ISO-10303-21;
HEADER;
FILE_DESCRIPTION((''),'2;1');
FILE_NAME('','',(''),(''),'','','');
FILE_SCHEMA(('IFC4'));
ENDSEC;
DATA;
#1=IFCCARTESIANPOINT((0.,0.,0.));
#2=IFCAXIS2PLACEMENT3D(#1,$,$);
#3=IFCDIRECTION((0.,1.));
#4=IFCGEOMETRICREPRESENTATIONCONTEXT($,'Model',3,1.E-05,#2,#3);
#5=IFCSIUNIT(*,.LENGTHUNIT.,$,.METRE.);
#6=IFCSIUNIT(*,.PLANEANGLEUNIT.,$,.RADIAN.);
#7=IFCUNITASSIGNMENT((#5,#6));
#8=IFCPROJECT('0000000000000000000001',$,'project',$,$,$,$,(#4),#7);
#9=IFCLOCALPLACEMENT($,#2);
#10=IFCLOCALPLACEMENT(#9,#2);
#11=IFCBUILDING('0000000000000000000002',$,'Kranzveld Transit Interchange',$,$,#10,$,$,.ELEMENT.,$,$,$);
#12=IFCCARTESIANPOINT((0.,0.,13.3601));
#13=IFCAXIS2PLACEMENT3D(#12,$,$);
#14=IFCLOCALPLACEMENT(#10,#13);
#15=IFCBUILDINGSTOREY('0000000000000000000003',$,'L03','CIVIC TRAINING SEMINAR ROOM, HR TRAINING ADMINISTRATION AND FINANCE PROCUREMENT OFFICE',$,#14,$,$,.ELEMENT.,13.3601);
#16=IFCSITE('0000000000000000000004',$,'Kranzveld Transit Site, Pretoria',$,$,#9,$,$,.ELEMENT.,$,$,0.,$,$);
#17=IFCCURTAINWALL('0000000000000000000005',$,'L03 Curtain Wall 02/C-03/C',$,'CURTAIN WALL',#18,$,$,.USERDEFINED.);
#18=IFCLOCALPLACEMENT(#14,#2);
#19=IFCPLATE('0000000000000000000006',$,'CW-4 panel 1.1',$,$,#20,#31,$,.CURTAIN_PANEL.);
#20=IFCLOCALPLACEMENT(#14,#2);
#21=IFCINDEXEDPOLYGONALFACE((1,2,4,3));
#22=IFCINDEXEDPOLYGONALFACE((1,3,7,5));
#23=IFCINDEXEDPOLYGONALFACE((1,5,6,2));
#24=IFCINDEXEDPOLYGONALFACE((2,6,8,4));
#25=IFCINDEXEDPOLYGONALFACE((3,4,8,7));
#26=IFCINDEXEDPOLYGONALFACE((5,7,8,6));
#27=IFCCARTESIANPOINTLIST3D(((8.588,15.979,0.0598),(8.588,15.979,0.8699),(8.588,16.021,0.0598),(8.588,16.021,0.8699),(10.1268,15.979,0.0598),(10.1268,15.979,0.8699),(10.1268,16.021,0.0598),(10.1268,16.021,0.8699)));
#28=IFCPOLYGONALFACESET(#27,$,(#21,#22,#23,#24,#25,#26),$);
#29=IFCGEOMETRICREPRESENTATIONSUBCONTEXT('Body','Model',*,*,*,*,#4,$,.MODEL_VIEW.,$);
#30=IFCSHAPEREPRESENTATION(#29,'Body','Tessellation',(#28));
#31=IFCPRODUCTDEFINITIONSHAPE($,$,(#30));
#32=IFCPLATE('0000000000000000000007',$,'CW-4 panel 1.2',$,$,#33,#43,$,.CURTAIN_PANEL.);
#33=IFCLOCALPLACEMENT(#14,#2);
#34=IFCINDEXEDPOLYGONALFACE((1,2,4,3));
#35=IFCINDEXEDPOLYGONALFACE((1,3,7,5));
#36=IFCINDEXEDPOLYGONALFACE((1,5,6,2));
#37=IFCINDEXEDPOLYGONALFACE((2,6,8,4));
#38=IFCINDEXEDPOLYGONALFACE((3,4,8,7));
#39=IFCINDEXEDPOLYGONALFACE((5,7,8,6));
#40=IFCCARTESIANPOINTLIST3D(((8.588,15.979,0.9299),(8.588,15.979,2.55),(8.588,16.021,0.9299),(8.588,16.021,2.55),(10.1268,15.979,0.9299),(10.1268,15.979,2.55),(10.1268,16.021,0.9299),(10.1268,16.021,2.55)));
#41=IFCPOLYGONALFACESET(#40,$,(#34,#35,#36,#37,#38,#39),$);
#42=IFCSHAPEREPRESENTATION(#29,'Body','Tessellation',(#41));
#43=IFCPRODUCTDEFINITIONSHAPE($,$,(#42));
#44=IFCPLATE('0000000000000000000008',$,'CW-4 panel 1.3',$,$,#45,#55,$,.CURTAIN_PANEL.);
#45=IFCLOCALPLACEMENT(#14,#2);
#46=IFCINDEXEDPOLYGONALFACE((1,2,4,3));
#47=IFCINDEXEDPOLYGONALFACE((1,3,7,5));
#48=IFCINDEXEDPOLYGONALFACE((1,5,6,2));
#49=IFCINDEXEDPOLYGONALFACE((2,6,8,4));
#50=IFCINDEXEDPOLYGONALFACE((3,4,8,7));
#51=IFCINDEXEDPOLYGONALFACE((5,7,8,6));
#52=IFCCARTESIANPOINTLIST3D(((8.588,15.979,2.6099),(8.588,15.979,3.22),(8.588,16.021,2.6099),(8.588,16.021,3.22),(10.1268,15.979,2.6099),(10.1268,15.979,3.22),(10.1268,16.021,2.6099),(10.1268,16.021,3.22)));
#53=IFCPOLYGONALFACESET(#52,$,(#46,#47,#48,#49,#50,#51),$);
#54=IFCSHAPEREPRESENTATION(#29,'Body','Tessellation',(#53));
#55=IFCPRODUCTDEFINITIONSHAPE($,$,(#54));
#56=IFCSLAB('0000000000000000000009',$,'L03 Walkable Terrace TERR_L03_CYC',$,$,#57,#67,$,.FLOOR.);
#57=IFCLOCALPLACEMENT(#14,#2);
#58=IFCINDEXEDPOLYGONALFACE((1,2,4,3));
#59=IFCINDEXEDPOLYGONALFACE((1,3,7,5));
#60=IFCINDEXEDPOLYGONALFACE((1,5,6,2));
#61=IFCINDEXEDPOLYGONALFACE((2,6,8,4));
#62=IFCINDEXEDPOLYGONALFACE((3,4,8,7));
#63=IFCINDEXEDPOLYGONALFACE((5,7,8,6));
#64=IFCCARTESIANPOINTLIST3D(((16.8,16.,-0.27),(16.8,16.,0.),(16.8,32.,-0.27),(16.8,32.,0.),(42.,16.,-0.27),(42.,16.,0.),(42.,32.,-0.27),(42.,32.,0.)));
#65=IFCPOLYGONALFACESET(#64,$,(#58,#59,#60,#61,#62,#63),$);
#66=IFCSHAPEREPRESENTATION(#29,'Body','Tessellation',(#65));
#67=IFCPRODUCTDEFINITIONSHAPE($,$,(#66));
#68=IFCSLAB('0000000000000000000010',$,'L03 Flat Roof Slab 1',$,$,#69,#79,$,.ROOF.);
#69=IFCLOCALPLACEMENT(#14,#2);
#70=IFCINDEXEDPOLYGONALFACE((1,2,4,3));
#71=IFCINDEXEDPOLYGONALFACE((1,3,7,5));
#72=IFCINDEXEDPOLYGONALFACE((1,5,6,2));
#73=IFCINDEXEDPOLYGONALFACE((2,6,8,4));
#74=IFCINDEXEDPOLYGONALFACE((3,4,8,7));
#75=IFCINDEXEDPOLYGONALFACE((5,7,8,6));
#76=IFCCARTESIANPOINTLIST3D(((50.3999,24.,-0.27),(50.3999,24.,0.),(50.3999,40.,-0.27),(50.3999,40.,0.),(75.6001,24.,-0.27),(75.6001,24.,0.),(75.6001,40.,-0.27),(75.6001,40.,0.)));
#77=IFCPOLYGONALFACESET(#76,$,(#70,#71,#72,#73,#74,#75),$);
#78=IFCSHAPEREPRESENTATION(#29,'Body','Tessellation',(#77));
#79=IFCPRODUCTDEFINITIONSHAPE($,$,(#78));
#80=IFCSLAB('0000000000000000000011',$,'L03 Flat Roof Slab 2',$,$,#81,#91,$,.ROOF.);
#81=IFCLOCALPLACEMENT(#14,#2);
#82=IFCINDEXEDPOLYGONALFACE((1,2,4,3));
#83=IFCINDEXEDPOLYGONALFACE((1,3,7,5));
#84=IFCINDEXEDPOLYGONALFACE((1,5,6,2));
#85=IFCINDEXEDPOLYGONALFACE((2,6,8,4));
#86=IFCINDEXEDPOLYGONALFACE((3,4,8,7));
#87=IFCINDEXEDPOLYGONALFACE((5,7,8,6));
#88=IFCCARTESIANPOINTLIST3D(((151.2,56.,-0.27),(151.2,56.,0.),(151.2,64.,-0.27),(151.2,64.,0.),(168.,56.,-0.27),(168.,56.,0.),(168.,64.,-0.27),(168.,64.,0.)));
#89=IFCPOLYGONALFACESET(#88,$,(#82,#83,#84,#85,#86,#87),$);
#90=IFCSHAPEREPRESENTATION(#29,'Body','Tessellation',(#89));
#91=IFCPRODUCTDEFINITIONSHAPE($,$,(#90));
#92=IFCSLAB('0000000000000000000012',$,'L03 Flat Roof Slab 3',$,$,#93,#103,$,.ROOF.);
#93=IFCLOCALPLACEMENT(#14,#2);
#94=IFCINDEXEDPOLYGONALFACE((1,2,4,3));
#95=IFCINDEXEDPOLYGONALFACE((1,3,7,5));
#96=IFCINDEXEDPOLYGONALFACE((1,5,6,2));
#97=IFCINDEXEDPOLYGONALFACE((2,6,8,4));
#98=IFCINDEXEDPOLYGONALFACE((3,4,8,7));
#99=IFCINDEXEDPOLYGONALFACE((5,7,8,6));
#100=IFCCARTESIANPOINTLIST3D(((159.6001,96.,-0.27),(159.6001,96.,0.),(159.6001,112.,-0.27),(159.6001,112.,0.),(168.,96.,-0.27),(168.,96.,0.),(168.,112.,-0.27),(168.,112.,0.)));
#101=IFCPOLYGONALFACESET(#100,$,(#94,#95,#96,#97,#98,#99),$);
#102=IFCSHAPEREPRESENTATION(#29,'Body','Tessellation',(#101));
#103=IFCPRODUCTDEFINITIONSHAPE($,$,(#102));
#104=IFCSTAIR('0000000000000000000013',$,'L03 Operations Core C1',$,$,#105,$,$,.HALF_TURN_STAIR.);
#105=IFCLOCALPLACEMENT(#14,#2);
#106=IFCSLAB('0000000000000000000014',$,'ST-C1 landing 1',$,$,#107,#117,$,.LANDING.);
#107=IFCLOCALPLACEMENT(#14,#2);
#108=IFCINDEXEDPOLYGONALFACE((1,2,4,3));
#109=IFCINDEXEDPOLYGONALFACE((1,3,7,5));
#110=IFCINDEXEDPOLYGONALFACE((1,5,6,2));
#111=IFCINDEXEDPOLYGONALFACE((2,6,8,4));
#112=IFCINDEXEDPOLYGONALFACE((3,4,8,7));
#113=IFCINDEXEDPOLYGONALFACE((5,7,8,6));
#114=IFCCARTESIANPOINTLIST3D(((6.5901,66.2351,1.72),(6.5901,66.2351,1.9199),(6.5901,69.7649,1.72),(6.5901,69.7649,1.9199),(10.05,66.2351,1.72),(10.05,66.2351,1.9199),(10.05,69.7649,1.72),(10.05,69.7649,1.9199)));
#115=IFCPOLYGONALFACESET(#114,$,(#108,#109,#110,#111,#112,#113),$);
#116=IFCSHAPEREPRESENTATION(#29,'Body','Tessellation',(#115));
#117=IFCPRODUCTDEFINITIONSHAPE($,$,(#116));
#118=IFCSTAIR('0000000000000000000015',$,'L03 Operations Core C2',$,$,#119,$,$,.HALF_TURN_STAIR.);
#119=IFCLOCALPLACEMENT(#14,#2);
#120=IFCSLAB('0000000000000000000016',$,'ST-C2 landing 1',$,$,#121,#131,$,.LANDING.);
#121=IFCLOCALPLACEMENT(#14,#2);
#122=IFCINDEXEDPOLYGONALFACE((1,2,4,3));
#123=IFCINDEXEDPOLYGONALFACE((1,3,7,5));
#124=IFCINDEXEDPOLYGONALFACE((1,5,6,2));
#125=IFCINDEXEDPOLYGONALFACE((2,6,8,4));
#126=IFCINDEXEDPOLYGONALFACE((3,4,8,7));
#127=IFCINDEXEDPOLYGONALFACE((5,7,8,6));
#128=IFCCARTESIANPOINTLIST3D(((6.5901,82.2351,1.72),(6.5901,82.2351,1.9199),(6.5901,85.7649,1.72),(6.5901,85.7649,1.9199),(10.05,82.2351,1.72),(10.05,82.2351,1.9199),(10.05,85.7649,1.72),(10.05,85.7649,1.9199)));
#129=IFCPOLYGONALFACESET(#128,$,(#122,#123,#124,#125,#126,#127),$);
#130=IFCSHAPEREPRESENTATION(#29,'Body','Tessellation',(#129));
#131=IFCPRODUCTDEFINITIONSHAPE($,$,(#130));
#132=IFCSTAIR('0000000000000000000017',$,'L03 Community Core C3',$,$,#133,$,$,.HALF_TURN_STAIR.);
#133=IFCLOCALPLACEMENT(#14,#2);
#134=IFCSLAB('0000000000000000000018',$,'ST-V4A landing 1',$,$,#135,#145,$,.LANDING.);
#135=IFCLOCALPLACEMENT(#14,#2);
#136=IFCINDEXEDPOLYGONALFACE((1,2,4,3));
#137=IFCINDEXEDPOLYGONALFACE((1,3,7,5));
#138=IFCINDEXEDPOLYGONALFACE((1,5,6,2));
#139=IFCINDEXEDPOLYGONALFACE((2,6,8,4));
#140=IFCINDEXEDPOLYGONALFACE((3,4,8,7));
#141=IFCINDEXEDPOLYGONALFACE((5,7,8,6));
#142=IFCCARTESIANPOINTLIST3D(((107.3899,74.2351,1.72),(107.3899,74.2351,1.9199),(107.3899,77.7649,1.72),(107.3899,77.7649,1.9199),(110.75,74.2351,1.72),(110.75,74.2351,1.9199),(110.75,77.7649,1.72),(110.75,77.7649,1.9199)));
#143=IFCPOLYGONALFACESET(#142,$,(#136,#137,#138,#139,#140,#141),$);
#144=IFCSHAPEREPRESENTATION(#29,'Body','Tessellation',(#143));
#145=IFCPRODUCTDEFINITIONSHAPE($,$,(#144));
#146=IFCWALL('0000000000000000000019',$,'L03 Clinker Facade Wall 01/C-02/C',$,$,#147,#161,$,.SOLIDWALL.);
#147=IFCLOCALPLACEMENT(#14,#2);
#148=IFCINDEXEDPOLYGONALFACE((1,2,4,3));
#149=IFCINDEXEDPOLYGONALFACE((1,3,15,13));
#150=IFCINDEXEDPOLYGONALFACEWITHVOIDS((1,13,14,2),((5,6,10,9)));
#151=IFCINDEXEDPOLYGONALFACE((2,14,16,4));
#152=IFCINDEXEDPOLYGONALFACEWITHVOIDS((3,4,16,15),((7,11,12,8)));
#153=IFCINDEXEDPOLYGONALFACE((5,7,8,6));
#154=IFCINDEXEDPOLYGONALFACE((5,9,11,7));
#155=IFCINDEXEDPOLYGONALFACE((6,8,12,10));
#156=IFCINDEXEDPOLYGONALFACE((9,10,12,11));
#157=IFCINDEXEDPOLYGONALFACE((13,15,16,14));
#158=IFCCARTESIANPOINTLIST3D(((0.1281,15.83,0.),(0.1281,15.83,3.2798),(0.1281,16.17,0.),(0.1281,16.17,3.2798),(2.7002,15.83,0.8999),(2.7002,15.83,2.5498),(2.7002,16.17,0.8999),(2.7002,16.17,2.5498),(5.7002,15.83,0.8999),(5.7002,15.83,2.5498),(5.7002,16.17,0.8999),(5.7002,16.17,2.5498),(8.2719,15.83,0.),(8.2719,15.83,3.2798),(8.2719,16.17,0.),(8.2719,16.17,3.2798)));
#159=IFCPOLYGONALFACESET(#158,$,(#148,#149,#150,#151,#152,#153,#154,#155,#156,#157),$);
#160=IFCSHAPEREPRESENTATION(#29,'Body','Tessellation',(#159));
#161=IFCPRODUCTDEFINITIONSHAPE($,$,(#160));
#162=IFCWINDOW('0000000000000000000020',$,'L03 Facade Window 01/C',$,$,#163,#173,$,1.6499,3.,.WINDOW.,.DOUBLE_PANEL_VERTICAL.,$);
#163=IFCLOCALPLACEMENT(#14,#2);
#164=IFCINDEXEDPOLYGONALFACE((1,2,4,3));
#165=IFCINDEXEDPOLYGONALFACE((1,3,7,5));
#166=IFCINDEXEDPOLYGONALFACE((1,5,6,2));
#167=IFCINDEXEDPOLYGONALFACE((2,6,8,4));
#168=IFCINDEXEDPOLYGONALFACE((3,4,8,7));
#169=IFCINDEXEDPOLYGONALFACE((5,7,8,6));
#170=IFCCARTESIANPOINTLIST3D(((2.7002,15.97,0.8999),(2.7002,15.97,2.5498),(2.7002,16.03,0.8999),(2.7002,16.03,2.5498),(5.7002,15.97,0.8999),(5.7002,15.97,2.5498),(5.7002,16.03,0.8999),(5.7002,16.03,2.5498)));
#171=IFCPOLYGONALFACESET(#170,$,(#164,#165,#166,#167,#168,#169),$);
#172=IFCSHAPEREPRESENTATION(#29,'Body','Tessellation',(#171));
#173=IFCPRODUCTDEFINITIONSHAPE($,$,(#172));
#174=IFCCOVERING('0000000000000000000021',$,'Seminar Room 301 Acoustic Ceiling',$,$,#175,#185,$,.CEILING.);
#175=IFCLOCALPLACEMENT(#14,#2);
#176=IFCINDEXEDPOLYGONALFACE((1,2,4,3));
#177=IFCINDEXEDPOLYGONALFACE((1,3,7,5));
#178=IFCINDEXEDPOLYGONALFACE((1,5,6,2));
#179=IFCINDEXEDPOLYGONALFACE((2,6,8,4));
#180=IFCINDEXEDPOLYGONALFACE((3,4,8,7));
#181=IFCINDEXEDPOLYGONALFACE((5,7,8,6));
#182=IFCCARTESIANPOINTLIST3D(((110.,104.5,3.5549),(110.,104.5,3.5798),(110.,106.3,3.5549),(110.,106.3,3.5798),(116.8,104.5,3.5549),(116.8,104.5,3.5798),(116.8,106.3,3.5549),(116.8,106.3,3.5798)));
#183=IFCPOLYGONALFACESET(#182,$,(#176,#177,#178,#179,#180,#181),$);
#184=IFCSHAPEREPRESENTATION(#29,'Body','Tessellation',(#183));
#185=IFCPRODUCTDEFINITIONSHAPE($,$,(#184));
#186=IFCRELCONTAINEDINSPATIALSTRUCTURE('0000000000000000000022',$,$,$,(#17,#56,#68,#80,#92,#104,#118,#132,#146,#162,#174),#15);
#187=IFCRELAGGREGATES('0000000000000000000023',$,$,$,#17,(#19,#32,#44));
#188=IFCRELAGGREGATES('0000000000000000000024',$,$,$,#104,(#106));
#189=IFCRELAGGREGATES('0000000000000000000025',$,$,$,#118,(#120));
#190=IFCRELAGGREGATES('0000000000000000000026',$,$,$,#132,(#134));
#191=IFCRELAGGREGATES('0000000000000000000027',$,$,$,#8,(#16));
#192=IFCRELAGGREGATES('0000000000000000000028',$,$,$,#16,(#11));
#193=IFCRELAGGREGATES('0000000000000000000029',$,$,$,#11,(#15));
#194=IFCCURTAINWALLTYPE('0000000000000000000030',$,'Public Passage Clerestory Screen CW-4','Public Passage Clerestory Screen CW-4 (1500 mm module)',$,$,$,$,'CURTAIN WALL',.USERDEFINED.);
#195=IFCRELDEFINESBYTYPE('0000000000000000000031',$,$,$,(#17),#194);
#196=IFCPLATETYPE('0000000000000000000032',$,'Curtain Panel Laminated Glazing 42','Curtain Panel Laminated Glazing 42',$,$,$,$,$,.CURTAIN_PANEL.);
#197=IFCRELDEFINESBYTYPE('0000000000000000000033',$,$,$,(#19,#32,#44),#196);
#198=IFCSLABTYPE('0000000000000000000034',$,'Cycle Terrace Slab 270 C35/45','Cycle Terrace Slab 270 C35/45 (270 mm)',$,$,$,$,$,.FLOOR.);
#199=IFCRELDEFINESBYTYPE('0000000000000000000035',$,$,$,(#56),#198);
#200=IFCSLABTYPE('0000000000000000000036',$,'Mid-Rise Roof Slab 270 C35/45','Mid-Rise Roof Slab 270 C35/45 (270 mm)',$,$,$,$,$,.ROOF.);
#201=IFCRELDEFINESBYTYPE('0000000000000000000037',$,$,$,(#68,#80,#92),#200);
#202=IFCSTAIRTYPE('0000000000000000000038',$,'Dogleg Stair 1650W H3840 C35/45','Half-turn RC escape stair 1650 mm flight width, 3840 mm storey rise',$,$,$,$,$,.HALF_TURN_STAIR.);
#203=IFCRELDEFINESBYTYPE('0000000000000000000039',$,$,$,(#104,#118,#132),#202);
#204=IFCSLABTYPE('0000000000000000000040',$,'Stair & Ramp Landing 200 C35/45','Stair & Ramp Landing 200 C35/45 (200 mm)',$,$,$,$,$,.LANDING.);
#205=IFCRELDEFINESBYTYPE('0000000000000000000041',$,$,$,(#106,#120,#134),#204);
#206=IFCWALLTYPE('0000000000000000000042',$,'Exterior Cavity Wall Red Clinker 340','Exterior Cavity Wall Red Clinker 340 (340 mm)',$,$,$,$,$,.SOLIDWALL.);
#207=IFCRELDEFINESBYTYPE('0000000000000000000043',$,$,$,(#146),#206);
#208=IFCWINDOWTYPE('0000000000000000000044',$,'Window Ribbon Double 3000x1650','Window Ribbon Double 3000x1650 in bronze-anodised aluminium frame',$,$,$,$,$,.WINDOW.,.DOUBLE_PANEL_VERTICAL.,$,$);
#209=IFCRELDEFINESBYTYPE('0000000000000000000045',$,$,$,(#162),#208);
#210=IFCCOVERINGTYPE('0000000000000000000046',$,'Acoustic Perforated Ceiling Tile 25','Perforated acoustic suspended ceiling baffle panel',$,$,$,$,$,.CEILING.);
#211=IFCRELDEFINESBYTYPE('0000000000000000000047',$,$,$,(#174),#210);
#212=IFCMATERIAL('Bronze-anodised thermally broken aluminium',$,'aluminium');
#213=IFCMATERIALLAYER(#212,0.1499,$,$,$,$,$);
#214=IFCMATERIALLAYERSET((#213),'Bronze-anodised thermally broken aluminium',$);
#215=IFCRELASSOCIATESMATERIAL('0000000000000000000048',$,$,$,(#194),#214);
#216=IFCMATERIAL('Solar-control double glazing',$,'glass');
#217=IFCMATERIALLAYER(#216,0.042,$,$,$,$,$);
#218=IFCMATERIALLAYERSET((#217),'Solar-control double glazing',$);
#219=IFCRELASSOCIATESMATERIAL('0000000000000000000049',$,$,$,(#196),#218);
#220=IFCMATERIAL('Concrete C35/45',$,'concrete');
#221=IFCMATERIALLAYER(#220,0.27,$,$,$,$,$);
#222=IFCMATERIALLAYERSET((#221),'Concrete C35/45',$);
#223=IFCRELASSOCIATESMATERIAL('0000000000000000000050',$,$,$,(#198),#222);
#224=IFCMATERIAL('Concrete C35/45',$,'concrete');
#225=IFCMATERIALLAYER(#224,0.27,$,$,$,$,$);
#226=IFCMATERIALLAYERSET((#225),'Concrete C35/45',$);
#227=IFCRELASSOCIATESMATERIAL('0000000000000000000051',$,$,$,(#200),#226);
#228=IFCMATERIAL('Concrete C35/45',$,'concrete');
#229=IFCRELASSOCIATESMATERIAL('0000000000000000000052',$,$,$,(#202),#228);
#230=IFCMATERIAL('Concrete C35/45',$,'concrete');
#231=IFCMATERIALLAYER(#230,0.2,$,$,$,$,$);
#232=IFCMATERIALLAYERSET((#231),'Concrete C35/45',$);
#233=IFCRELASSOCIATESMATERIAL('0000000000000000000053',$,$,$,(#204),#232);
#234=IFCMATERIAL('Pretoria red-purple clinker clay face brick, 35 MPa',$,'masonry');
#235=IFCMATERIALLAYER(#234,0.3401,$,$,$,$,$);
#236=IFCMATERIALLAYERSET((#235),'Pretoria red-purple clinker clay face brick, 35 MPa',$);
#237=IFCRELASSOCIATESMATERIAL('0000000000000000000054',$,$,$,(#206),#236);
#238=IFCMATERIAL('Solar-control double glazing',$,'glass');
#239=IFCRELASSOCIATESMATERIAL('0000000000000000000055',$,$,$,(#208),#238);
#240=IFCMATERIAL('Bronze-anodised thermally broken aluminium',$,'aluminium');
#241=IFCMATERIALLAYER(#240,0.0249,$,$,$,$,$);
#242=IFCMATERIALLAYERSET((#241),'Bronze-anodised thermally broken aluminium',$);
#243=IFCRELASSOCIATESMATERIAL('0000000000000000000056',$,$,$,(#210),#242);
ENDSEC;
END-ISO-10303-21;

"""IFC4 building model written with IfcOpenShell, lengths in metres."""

from ifc_helpers import new_model, si_unit, direction, frame, frame_2d, origin, origin_2d, place, context, subcontext, project, spatial, polyline, rectangle, outline, extrude, material, layer, layer_set, type_object, element, fill, aggregate, save


model = new_model("IFC4")

# Units and contexts
model_context = context("Model", 3, precision=1e-05, world=origin(), true_north=direction((0.0, 1.0)))
body_context = subcontext(model_context, "Body", "Model", "MODEL_VIEW")
ifc_project = project(units=[si_unit("LENGTHUNIT", "METRE"), si_unit("PLANEANGLEUNIT", "RADIAN")], contexts=[model_context])

# Site, building, storey
site_placement = place(None, origin())
site = spatial("IfcSite", under=ifc_project, at=site_placement, Name="Kranzveld Transit Site, Pretoria", CompositionType="ELEMENT", RefElevation=0.0)
building_placement = place(site_placement, origin())
building = spatial("IfcBuilding", under=site, at=building_placement, Name="Kranzveld Transit Interchange", CompositionType="ELEMENT")
storey_placement = place(building_placement, frame((0.0, 0.0, 13.3601)))
storey = spatial("IfcBuildingStorey", under=building, at=storey_placement, Name="L03", Description="CIVIC TRAINING SEMINAR ROOM, HR TRAINING ADMINISTRATION AND FINANCE PROCUREMENT OFFICE", CompositionType="ELEMENT", Elevation=13.3601)

# Curtain wall
ifc_material_1 = material(Name="Bronze-anodised thermally broken aluminium", Category="aluminium")
ifc_layer_1 = layer(ifc_material_1, 0.1499)
ifc_layer_set_1 = layer_set([ifc_layer_1], Name="Bronze-anodised thermally broken aluminium")
curtain_wall_type = type_object("IfcCurtainWallType", Name="Public Passage Clerestory Screen CW-4", Description="Public Passage Clerestory Screen CW-4 (1500 mm module)", ElementType="CURTAIN WALL", PredefinedType="USERDEFINED", material=ifc_layer_set_1)
curtain_wall_placement = place(storey_placement, origin())
curtain_wall = element("IfcCurtainWall", 1, at=curtain_wall_placement, inside=storey, type_object=curtain_wall_type, Name="L03 Curtain Wall 02/C-03/C", ObjectType="CURTAIN WALL", PredefinedType="USERDEFINED")

# Plates
ifc_material_2 = material(Name="Solar-control double glazing", Category="glass")
ifc_layer_2 = layer(ifc_material_2, 0.042)
ifc_layer_set_2 = layer_set([ifc_layer_2], Name="Solar-control double glazing")
plate_type = type_object("IfcPlateType", Name="Curtain Panel Laminated Glazing 42", Description="Curtain Panel Laminated Glazing 42", PredefinedType="CURTAIN_PANEL", material=ifc_layer_set_2)
plate_1_placement = place(storey_placement, frame((9.3574, 16.0, 0.0598), z_axis=(0.0, 0.0, 1.0), x_axis=(1.0, 0.0, 0.0)))
plate_1 = element("IfcPlate", 2, at=plate_1_placement, type_object=plate_type, Name="CW-4 panel 1.1", PredefinedType="CURTAIN_PANEL", context=body_context, shape_type="SweptSolid", body=[
    extrude(rectangle(XDim=1.5388, YDim=0.042, at=origin_2d()), origin(), (0.0, 0.0, 1.0), 0.8101),
])
plate_2_placement = place(storey_placement, frame((9.3574, 16.0, 0.9299), z_axis=(0.0, 0.0, 1.0), x_axis=(1.0, 0.0, 0.0)))
plate_2 = element("IfcPlate", 3, at=plate_2_placement, type_object=plate_type, Name="CW-4 panel 1.2", PredefinedType="CURTAIN_PANEL", context=body_context, shape_type="SweptSolid", body=[
    extrude(rectangle(XDim=1.5388, YDim=0.042, at=origin_2d()), origin(), (0.0, 0.0, 1.0), 1.6201),
])
plate_3_placement = place(storey_placement, frame((9.3574, 16.0, 2.6099), z_axis=(0.0, 0.0, 1.0), x_axis=(1.0, 0.0, 0.0)))
plate_3 = element("IfcPlate", 4, at=plate_3_placement, type_object=plate_type, Name="CW-4 panel 1.3", PredefinedType="CURTAIN_PANEL", context=body_context, shape_type="SweptSolid", body=[
    extrude(rectangle(XDim=1.5388, YDim=0.042, at=origin_2d()), origin(), (0.0, 0.0, 1.0), 0.6101),
])
aggregate(curtain_wall, [plate_1, plate_2, plate_3])

# Slabs
ifc_material_3 = material(Name="Concrete C35/45", Category="concrete")
ifc_layer_3 = layer(ifc_material_3, 0.27)
ifc_layer_set_3 = layer_set([ifc_layer_3], Name="Concrete C35/45")
slab_type_1 = type_object("IfcSlabType", Name="Cycle Terrace Slab 270 C35/45", Description="Cycle Terrace Slab 270 C35/45 (270 mm)", PredefinedType="FLOOR", material=ifc_layer_set_3)
slab_1_placement = place(storey_placement, frame((0.0, 0.0, -0.27)))
element("IfcSlab", 5, at=slab_1_placement, inside=storey, type_object=slab_type_1, Name="L03 Walkable Terrace TERR_L03_CYC", PredefinedType="FLOOR", context=body_context, shape_type="SweptSolid", body=[
    extrude(outline(polyline([(42.0, 16.0), (42.0, 32.0), (16.8, 32.0), (16.8, 16.0), (42.0, 16.0)])), origin(), (0.0, 0.0, 1.0), 0.27),
])
ifc_material_4 = material(Name="Concrete C35/45", Category="concrete")
ifc_layer_4 = layer(ifc_material_4, 0.27)
ifc_layer_set_4 = layer_set([ifc_layer_4], Name="Concrete C35/45")
slab_type_2 = type_object("IfcSlabType", Name="Mid-Rise Roof Slab 270 C35/45", Description="Mid-Rise Roof Slab 270 C35/45 (270 mm)", PredefinedType="ROOF", material=ifc_layer_set_4)
slab_2_placement = place(storey_placement, frame((0.0, 0.0, -0.27)))
element("IfcSlab", 6, at=slab_2_placement, inside=storey, type_object=slab_type_2, Name="L03 Flat Roof Slab 1", PredefinedType="ROOF", context=body_context, shape_type="SweptSolid", body=[
    extrude(outline(polyline([(75.6001, 40.0), (75.6001, 24.0), (50.3999, 24.0), (50.3999, 40.0), (75.6001, 40.0)])), origin(), (0.0, 0.0, 1.0), 0.27),
])
slab_3_placement = place(storey_placement, frame((0.0, 0.0, -0.27)))
element("IfcSlab", 7, at=slab_3_placement, inside=storey, type_object=slab_type_2, Name="L03 Flat Roof Slab 2", PredefinedType="ROOF", context=body_context, shape_type="SweptSolid", body=[
    extrude(outline(polyline([(151.2, 64.0), (168.0, 64.0), (168.0, 56.0), (151.2, 56.0), (151.2, 64.0)])), origin(), (0.0, 0.0, 1.0), 0.27),
])
slab_4_placement = place(storey_placement, frame((0.0, 0.0, -0.27)))
element("IfcSlab", 8, at=slab_4_placement, inside=storey, type_object=slab_type_2, Name="L03 Flat Roof Slab 3", PredefinedType="ROOF", context=body_context, shape_type="SweptSolid", body=[
    extrude(outline(polyline([(168.0, 96.0), (159.6001, 96.0), (159.6001, 112.0), (168.0, 112.0), (168.0, 96.0)])), origin(), (0.0, 0.0, 1.0), 0.27),
])

# Stairs, slabs
ifc_material_5 = material(Name="Concrete C35/45", Category="concrete")
stair_type = type_object("IfcStairType", Name="Dogleg Stair 1650W H3840 C35/45", Description="Half-turn RC escape stair 1650 mm flight width, 3840 mm storey rise", PredefinedType="HALF_TURN_STAIR", material=ifc_material_5)
stair_1_placement = place(storey_placement, origin())
stair_1 = element("IfcStair", 9, at=stair_1_placement, inside=storey, type_object=stair_type, Name="L03 Operations Core C1", PredefinedType="HALF_TURN_STAIR")
ifc_material_6 = material(Name="Concrete C35/45", Category="concrete")
ifc_layer_5 = layer(ifc_material_6, 0.2)
ifc_layer_set_5 = layer_set([ifc_layer_5], Name="Concrete C35/45")
slab_type_3 = type_object("IfcSlabType", Name="Stair & Ramp Landing 200 C35/45", Description="Stair & Ramp Landing 200 C35/45 (200 mm)", PredefinedType="LANDING", material=ifc_layer_set_5)
slab_5_placement = place(storey_placement, frame((0.0, 0.0, 1.72)))
slab_5 = element("IfcSlab", 10, at=slab_5_placement, type_object=slab_type_3, Name="ST-C1 landing 1", PredefinedType="LANDING", context=body_context, shape_type="SweptSolid", body=[
    extrude(outline(polyline([(6.5901, 66.2351), (10.05, 66.2351), (10.05, 69.7649), (6.5901, 69.7649), (6.5901, 66.2351)])), origin(), (0.0, 0.0, 1.0), 0.2),
])
aggregate(stair_1, [slab_5])
stair_2_placement = place(storey_placement, origin())
stair_2 = element("IfcStair", 11, at=stair_2_placement, inside=storey, type_object=stair_type, Name="L03 Operations Core C2", PredefinedType="HALF_TURN_STAIR")
slab_6_placement = place(storey_placement, frame((0.0, 0.0, 1.72)))
slab_6 = element("IfcSlab", 12, at=slab_6_placement, type_object=slab_type_3, Name="ST-C2 landing 1", PredefinedType="LANDING", context=body_context, shape_type="SweptSolid", body=[
    extrude(outline(polyline([(6.5901, 82.2351), (10.05, 82.2351), (10.05, 85.7649), (6.5901, 85.7649), (6.5901, 82.2351)])), origin(), (0.0, 0.0, 1.0), 0.2),
])
aggregate(stair_2, [slab_6])
stair_3_placement = place(storey_placement, origin())
stair_3 = element("IfcStair", 13, at=stair_3_placement, inside=storey, type_object=stair_type, Name="L03 Community Core C3", PredefinedType="HALF_TURN_STAIR")
slab_7_placement = place(storey_placement, frame((0.0, 0.0, 1.72)))
slab_7 = element("IfcSlab", 14, at=slab_7_placement, type_object=slab_type_3, Name="ST-V4A landing 1", PredefinedType="LANDING", context=body_context, shape_type="SweptSolid", body=[
    extrude(outline(polyline([(107.3899, 74.2351), (110.75, 74.2351), (110.75, 77.7649), (107.3899, 77.7649), (107.3899, 74.2351)])), origin(), (0.0, 0.0, 1.0), 0.2),
])
aggregate(stair_3, [slab_7])

# Wall, opening, window
ifc_material_7 = material(Name="Pretoria red-purple clinker clay face brick, 35 MPa", Category="masonry")
ifc_layer_6 = layer(ifc_material_7, 0.3401)
ifc_layer_set_6 = layer_set([ifc_layer_6], Name="Pretoria red-purple clinker clay face brick, 35 MPa")
wall_type = type_object("IfcWallType", Name="Exterior Cavity Wall Red Clinker 340", Description="Exterior Cavity Wall Red Clinker 340 (340 mm)", PredefinedType="SOLIDWALL", material=ifc_layer_set_6)
wall_placement = place(storey_placement, frame((0.1282, 16.0, 0.0), z_axis=(0.0, 0.0, 1.0), x_axis=(1.0, 0.0, 0.0)))
wall = element("IfcWall", 15, at=wall_placement, inside=storey, type_object=wall_type, Name="L03 Clinker Facade Wall 01/C-02/C", PredefinedType="SOLIDWALL", context=body_context, shape_type="SweptSolid", body=[
    extrude(rectangle(XDim=8.1438, YDim=0.3401, at=frame_2d((4.0718, 0.0))), origin(), (0.0, 0.0, 1.0), 3.2798),
])
opening_placement = place(wall_placement, frame((2.572, 0.0, 0.8999), z_axis=(0.0, 0.0, 1.0), x_axis=(1.0, 0.0, 0.0)))
opening = element("IfcOpeningElement", 16, at=opening_placement, cuts=wall, PredefinedType="OPENING", context=body_context, shape_type="SweptSolid", body=[
    extrude(rectangle(XDim=3.0, YDim=1.6499, at=frame_2d((1.5, 0.825))), frame((0.0, 0.1799, 0.0), z_axis=(0.0, -1.0, 0.0), x_axis=(1.0, 0.0, 0.0)), (0.0, 0.0, 1.0), 0.3601),
])
ifc_material_8 = material(Name="Solar-control double glazing", Category="glass")
window_type = type_object("IfcWindowType", Name="Window Ribbon Double 3000x1650", Description="Window Ribbon Double 3000x1650 in bronze-anodised aluminium frame", PartitioningType="DOUBLE_PANEL_VERTICAL", PredefinedType="WINDOW", material=ifc_material_8)
window_placement = place(opening_placement, origin())
window = element("IfcWindow", 17, at=window_placement, inside=storey, type_object=window_type, Name="L03 Facade Window 01/C", OverallHeight=1.6499, OverallWidth=3.0, PartitioningType="DOUBLE_PANEL_VERTICAL", PredefinedType="WINDOW", context=body_context, shape_type="SweptSolid", body=[
    extrude(rectangle(XDim=3.0, YDim=1.6499, at=frame_2d((1.5, 0.825))), frame((0.0, 0.03, 0.0), z_axis=(0.0, -1.0, 0.0), x_axis=(1.0, 0.0, 0.0)), (0.0, 0.0, 1.0), 0.0601),
])
fill(opening, window)

# Covering
ifc_material_9 = material(Name="Bronze-anodised thermally broken aluminium", Category="aluminium")
ifc_layer_7 = layer(ifc_material_9, 0.0249)
ifc_layer_set_7 = layer_set([ifc_layer_7], Name="Bronze-anodised thermally broken aluminium")
covering_type_1 = type_object("IfcCoveringType", Name="Acoustic Perforated Ceiling Tile 25", Description="Perforated acoustic suspended ceiling baffle panel", PredefinedType="CEILING", material=ifc_layer_set_7)
covering_1_placement = place(storey_placement, frame((0.0, 0.0, 3.5549)))
element("IfcCovering", 18, at=covering_1_placement, inside=storey, type_object=covering_type_1, Name="Seminar Room 301 Acoustic Ceiling", PredefinedType="CEILING", context=body_context, shape_type="SweptSolid", body=[
    extrude(outline(polyline([(110.0, 104.5), (116.8, 104.5), (116.8, 106.3), (110.0, 106.3), (110.0, 104.5)])), origin(), (0.0, 0.0, 1.0), 0.0249),
])

save(model, "model.ifc")
